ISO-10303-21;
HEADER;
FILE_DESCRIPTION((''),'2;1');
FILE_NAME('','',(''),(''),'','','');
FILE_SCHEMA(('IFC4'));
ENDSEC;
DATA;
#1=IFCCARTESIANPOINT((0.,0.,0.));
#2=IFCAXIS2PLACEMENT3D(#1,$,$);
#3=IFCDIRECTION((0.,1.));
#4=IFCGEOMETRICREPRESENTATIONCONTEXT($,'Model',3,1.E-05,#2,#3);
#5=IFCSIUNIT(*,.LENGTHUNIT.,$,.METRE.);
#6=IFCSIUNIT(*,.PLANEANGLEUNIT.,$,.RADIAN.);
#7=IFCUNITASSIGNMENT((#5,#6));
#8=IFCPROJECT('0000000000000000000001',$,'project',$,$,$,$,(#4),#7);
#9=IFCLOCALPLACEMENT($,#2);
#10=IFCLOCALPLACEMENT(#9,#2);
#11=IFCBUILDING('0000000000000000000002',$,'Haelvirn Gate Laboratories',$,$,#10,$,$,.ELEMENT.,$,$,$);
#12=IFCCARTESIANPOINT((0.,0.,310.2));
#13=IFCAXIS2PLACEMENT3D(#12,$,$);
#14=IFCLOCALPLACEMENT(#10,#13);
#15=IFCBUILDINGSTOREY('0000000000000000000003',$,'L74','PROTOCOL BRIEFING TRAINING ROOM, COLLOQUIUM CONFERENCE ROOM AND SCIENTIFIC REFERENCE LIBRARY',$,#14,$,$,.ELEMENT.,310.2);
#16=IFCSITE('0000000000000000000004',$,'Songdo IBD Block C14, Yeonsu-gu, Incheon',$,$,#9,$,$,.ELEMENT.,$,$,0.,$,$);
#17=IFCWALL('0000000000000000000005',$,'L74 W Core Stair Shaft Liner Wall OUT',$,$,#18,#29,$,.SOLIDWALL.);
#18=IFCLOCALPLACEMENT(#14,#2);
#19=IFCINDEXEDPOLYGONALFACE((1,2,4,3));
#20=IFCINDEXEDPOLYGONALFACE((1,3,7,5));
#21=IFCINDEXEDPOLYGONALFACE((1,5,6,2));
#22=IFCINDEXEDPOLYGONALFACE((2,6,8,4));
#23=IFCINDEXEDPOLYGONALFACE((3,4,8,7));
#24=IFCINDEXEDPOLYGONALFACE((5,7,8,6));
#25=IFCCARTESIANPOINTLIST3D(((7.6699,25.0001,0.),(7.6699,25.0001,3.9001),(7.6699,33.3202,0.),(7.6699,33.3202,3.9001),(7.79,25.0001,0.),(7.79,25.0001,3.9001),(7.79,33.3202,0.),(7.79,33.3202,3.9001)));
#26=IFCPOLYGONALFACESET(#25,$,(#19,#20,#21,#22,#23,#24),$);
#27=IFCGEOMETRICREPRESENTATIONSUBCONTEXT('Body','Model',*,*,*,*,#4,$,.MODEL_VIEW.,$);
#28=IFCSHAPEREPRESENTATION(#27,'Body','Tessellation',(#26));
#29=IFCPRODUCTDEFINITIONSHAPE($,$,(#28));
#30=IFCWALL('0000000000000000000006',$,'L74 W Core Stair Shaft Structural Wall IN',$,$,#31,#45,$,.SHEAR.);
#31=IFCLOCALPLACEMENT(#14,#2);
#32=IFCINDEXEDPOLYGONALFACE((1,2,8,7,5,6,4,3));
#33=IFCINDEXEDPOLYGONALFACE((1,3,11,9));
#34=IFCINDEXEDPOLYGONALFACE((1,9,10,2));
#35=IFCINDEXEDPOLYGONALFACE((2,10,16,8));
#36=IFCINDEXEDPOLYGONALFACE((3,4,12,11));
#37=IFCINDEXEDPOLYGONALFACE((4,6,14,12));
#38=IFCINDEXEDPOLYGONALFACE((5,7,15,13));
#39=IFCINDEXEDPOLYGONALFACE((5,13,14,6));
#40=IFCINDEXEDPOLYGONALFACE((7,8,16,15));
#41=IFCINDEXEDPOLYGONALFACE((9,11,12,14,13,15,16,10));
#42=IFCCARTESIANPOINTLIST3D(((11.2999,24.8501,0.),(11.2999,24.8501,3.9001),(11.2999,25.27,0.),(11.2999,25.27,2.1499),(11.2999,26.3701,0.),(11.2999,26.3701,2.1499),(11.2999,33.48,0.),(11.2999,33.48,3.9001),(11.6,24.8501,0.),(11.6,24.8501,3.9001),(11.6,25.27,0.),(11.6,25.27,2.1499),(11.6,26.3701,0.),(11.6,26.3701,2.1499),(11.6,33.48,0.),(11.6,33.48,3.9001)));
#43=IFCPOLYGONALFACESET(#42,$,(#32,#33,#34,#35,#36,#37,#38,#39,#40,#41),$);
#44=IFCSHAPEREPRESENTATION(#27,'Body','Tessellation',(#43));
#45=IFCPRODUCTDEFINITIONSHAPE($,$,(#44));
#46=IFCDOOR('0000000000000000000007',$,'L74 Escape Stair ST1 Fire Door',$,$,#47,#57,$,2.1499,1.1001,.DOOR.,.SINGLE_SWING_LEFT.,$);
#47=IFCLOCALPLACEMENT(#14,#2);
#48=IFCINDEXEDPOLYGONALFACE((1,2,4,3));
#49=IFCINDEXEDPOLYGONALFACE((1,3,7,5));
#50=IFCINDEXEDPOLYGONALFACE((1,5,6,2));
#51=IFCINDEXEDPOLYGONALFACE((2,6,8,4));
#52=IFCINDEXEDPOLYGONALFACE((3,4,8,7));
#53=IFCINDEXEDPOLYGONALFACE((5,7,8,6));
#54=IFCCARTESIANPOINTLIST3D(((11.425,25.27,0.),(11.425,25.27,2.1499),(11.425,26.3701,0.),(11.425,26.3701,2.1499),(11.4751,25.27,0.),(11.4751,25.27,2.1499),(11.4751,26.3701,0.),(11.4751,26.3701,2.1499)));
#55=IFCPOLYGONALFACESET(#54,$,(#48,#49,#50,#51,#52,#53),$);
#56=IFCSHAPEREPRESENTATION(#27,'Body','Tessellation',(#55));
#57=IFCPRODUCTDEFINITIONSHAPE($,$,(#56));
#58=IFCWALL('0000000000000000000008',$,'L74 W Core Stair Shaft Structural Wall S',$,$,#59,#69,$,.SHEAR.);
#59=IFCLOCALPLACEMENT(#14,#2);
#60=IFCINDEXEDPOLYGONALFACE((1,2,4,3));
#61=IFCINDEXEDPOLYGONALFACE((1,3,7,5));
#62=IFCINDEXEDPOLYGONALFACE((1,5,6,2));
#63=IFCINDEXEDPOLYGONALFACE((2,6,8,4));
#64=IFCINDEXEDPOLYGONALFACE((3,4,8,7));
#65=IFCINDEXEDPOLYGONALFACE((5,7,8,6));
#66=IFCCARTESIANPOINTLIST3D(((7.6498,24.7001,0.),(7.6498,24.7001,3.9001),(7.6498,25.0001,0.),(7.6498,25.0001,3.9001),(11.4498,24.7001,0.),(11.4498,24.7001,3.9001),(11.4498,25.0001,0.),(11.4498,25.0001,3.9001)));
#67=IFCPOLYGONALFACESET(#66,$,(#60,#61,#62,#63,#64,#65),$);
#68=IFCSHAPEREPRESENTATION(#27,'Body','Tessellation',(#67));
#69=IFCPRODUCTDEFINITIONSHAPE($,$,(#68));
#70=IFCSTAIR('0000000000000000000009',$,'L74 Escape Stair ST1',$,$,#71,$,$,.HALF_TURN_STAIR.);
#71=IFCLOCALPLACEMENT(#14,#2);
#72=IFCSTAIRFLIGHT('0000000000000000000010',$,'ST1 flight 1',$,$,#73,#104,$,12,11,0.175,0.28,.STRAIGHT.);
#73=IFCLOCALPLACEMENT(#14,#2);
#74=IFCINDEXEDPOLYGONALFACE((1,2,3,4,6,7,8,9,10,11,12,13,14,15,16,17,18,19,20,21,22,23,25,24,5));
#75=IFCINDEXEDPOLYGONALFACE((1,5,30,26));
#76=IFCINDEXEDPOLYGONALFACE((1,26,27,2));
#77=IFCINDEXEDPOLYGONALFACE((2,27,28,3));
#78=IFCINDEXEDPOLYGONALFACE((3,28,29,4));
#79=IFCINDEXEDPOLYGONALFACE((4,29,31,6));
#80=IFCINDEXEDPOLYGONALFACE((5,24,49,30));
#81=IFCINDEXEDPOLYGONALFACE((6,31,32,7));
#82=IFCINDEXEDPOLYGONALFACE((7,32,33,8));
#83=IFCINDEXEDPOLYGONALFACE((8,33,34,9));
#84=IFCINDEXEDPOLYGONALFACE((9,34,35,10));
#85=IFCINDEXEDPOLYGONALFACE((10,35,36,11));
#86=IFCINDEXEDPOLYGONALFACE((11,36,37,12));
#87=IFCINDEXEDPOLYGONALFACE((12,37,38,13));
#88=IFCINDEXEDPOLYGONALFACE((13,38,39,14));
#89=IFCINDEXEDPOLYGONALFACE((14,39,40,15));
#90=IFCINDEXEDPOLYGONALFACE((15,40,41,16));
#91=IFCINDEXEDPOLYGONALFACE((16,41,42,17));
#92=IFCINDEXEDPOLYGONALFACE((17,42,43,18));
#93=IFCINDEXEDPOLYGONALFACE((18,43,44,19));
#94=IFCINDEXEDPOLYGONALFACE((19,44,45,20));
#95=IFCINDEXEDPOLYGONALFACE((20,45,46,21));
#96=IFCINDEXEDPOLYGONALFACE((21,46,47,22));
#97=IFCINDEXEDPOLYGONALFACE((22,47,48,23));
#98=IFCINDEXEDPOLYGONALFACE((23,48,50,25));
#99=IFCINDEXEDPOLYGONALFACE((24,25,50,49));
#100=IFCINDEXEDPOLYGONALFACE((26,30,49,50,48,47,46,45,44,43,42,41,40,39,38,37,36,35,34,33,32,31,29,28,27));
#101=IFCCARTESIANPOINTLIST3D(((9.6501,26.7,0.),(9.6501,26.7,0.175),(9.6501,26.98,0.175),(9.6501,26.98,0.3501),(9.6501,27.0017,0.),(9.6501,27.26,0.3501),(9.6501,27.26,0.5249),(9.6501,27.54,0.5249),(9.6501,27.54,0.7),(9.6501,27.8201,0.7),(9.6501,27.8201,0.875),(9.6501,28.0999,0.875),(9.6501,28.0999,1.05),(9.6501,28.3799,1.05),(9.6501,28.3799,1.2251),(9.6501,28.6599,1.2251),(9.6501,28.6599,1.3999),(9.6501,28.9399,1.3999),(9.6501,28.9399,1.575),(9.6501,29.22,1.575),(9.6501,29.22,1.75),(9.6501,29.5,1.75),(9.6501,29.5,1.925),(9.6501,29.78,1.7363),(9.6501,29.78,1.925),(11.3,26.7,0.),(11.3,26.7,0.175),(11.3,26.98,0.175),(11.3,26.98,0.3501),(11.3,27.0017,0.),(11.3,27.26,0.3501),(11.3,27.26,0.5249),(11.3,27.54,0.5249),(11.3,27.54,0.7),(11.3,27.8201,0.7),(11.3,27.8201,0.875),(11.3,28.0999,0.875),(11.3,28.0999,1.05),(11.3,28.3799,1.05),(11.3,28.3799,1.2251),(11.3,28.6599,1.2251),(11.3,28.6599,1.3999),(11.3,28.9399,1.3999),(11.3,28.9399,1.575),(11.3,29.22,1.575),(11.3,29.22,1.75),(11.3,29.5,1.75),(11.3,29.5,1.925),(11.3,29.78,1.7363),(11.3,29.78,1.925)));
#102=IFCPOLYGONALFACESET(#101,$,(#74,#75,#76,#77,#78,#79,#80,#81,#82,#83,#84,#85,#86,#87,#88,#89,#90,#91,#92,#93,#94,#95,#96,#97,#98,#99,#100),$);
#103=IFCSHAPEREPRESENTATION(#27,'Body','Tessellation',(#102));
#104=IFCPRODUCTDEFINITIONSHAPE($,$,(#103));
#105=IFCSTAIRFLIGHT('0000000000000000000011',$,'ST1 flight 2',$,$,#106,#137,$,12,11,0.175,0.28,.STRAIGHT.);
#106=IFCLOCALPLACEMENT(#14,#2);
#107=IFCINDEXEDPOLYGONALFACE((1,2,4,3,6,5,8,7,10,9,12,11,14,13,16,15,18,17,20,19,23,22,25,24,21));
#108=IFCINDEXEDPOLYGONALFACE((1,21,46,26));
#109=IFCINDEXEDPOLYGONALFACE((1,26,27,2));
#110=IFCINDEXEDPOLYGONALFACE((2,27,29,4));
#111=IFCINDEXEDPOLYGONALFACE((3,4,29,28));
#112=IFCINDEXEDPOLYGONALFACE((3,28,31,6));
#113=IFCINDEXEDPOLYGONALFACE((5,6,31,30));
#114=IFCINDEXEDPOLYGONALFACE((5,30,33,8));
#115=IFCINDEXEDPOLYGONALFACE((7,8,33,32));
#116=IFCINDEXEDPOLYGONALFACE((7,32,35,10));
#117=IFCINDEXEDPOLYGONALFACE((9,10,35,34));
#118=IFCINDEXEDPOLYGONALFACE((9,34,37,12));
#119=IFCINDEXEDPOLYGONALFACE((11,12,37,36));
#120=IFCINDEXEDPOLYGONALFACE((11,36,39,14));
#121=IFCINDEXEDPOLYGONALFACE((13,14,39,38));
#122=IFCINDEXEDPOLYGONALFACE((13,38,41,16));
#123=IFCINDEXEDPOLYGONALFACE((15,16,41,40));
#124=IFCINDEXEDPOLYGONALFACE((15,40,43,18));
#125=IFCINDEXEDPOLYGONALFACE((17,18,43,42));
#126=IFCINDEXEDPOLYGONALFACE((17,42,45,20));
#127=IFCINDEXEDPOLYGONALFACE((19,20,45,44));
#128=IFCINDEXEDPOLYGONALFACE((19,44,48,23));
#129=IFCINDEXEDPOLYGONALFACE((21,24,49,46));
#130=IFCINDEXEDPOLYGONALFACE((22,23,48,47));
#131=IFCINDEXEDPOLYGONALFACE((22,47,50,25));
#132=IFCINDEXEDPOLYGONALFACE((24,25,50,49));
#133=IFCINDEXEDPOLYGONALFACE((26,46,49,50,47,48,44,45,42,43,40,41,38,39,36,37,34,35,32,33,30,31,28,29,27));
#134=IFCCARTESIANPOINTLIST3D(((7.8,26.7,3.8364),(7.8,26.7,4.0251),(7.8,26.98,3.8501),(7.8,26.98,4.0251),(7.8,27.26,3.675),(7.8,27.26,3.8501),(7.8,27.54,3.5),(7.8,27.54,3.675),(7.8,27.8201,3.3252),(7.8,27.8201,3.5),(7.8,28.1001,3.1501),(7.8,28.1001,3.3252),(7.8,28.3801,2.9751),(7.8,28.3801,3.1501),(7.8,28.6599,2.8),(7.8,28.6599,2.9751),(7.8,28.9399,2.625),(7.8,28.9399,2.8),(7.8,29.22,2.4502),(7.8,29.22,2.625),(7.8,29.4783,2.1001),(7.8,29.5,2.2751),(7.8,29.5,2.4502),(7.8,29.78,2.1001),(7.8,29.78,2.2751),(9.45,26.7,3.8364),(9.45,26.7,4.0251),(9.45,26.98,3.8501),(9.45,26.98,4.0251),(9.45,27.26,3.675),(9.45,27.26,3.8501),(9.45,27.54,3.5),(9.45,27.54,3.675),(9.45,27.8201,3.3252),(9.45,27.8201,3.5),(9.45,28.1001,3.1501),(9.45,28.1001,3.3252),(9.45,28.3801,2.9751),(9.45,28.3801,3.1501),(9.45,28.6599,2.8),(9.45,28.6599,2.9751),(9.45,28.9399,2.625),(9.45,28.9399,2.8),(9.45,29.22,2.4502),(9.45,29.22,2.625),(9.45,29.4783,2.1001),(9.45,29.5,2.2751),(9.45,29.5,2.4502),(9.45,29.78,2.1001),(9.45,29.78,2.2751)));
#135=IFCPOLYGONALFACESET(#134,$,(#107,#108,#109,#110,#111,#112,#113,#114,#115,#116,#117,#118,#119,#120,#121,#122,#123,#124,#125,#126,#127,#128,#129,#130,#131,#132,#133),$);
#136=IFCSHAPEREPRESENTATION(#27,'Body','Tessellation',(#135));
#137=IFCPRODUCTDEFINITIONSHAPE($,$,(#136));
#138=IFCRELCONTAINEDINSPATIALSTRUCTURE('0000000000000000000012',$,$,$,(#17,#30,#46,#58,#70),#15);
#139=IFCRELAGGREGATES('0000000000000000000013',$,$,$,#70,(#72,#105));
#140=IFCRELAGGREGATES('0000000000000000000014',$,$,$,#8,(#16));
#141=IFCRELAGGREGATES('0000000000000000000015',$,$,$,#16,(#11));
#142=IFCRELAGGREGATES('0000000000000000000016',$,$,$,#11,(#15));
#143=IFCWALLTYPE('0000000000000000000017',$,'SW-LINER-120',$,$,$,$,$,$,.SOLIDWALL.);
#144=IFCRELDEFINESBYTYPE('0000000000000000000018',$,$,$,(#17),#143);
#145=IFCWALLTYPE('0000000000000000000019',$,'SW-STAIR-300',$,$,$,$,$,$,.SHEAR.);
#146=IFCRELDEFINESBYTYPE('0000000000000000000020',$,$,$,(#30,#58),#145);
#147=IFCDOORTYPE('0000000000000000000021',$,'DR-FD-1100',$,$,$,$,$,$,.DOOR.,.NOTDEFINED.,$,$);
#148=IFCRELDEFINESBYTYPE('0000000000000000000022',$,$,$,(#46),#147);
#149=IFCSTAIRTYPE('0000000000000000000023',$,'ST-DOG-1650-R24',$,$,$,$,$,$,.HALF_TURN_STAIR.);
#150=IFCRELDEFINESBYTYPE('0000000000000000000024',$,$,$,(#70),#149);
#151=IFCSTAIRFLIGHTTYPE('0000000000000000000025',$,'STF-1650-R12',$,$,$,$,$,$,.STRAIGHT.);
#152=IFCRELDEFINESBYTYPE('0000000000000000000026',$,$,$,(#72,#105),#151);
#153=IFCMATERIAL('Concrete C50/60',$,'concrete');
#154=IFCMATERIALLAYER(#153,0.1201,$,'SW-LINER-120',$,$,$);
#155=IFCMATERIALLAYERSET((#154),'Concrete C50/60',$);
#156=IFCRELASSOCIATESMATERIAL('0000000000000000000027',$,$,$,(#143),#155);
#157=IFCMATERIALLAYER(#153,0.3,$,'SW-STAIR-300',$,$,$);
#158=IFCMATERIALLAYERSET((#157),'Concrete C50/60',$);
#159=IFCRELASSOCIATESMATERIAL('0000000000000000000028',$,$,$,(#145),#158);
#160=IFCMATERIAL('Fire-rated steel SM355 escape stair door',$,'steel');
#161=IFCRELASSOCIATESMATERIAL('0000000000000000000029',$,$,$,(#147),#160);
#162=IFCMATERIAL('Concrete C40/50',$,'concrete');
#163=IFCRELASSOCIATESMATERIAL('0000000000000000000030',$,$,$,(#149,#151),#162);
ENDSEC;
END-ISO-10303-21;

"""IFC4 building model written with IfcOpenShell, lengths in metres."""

from ifc_helpers import new_model, si_unit, direction, frame, frame_2d, origin, place, context, subcontext, project, spatial, polyline, rectangle, outline, extrude, source, transform, mapped, material, layer, layer_set, type_object, type_shapes, element, fill, aggregate, save


model = new_model("IFC4")

# Units and contexts
model_context = context("Model", 3, precision=1e-05, world=origin(), true_north=direction((0.0, 1.0)))
body_context = subcontext(model_context, "Body", "Model", "MODEL_VIEW")
ifc_project = project(units=[si_unit("LENGTHUNIT", "METRE"), si_unit("PLANEANGLEUNIT", "RADIAN")], contexts=[model_context])

# Site, building, storey
site_placement = place(None, origin())
site = spatial("IfcSite", under=ifc_project, at=site_placement, Name="Songdo IBD Block C14, Yeonsu-gu, Incheon", CompositionType="ELEMENT", RefElevation=0.0)
building_placement = place(site_placement, origin())
building = spatial("IfcBuilding", under=site, at=building_placement, Name="Haelvirn Gate Laboratories", CompositionType="ELEMENT")
storey_placement = place(building_placement, frame((0.0, 0.0, 310.2)))
storey = spatial("IfcBuildingStorey", under=building, at=storey_placement, Name="L74", Description="PROTOCOL BRIEFING TRAINING ROOM, COLLOQUIUM CONFERENCE ROOM AND SCIENTIFIC REFERENCE LIBRARY", CompositionType="ELEMENT", Elevation=310.2)

# Shared definitions
ifc_material_1 = material(Name="Concrete C50/60", Category="concrete")

# Shared definitions
ifc_material_2 = material(Name="Concrete C40/50", Category="concrete")

# Wall
ifc_layer_1 = layer(ifc_material_1, 0.1201, Name="SW-LINER-120")
ifc_layer_set_1 = layer_set([ifc_layer_1], Name="Concrete C50/60")
wall_type_1 = type_object("IfcWallType", Name="SW-LINER-120", PredefinedType="SOLIDWALL", material=ifc_layer_set_1)
wall_1_placement = place(storey_placement, frame((7.73, 25.0, 0.0), z_axis=(0.0, 0.0, 1.0), x_axis=(0.0, 1.0, 0.0)))
element("IfcWall", 1, at=wall_1_placement, inside=storey, type_object=wall_type_1, Name="L74 W Core Stair Shaft Liner Wall OUT", PredefinedType="SOLIDWALL", context=body_context, shape_type="SweptSolid", body=[
    extrude(rectangle(XDim=8.3201, YDim=0.1201, at=frame_2d((4.1602, 0.0))), origin(), (0.0, 0.0, 1.0), 3.9001),
])

# Wall, opening, door
ifc_layer_2 = layer(ifc_material_1, 0.3, Name="SW-STAIR-300")
ifc_layer_set_2 = layer_set([ifc_layer_2], Name="Concrete C50/60")
wall_type_2 = type_object("IfcWallType", Name="SW-STAIR-300", PredefinedType="SHEAR", material=ifc_layer_set_2)
wall_2_placement = place(storey_placement, frame((11.45, 24.8501, 0.0), z_axis=(0.0, 0.0, 1.0), x_axis=(0.0, 1.0, 0.0)))
wall_2 = element("IfcWall", 2, at=wall_2_placement, inside=storey, type_object=wall_type_2, Name="L74 W Core Stair Shaft Structural Wall IN", PredefinedType="SHEAR", context=body_context, shape_type="SweptSolid", body=[
    extrude(rectangle(XDim=8.6299, YDim=0.3, at=frame_2d((4.3149, 0.0))), origin(), (0.0, 0.0, 1.0), 3.9001),
])
opening_1_placement = place(wall_2_placement, frame((0.4199, 0.0, 0.0)))
opening_1 = element("IfcOpeningElement", 3, at=opening_1_placement, cuts=wall_2, PredefinedType="OPENING", context=body_context, shape_type="SweptSolid", body=[
    extrude(rectangle(XDim=1.1001, YDim=2.1499, at=frame_2d((0.55, 1.075))), frame((0.0, 0.1602, 0.0), z_axis=(0.0, -1.0, 0.0), x_axis=(1.0, 0.0, 0.0)), (0.0, 0.0, 1.0), 0.3201),
])
ifc_material_3 = material(Name="Fire-rated steel SM355 escape stair door", Category="steel")
door_type_1 = type_object("IfcDoorType", Name="DR-FD-1100", OperationType="NOTDEFINED", PredefinedType="DOOR", material=ifc_material_3)
shared_shape_1 = source(origin(), body_context, "Body", "SweptSolid", [
    extrude(rectangle(XDim=1.1001, YDim=2.1499, at=frame_2d((0.55, 1.075))), frame((0.0, 0.0249, 0.0), z_axis=(0.0, -1.0, 0.0), x_axis=(1.0, 0.0, 0.0)), (0.0, 0.0, 1.0), 0.05),
])
type_shapes(door_type_1, [shared_shape_1])
door_1_placement = place(opening_1_placement, origin())
door_1 = element("IfcDoor", 4, at=door_1_placement, inside=storey, type_object=door_type_1, Name="L74 Escape Stair ST1 Fire Door", OperationType="SINGLE_SWING_LEFT", OverallHeight=2.1499, OverallWidth=1.1001, PredefinedType="DOOR", context=body_context, shape_type="MappedRepresentation", body=[
    mapped(shared_shape_1, transform((0.0, 0.0, 0.0), scale=1.0)),
])
fill(opening_1, door_1)

# Wall
wall_3_placement = place(storey_placement, frame((7.6499, 24.8501, 0.0), z_axis=(0.0, 0.0, 1.0), x_axis=(1.0, 0.0, 0.0)))
element("IfcWall", 5, at=wall_3_placement, inside=storey, type_object=wall_type_2, Name="L74 W Core Stair Shaft Structural Wall S", PredefinedType="SHEAR", context=body_context, shape_type="SweptSolid", body=[
    extrude(rectangle(XDim=3.8, YDim=0.3, at=frame_2d((1.8999, 0.0))), origin(), (0.0, 0.0, 1.0), 3.9001),
])

# Stair, stair flights
stair_type = type_object("IfcStairType", Name="ST-DOG-1650-R24", PredefinedType="HALF_TURN_STAIR", material=ifc_material_2)
stair_placement = place(storey_placement, origin())
stair = element("IfcStair", 6, at=stair_placement, inside=storey, type_object=stair_type, Name="L74 Escape Stair ST1", PredefinedType="HALF_TURN_STAIR")
stair_flight_type = type_object("IfcStairFlightType", Name="STF-1650-R12", PredefinedType="STRAIGHT", material=ifc_material_2)
shared_shape_2 = source(origin(), body_context, "Body", "SweptSolid", [
    extrude(outline(polyline([(0.0, 0.0), (0.0, 0.175), (0.28, 0.175), (0.28, 0.3501), (0.5601, 0.3501), (0.5601, 0.5249), (0.8401, 0.5249), (0.8401, 0.7), (1.1201, 0.7), (1.1201, 0.875), (1.3999, 0.875), (1.3999, 1.05), (1.6799, 1.05), (1.6799, 1.2251), (1.96, 1.2251), (1.96, 1.3999), (2.24, 1.3999), (2.24, 1.575), (2.52, 1.575), (2.52, 1.75), (2.8, 1.75), (2.8, 1.925), (3.0801, 1.925), (3.0801, 2.1001), (3.0801, 1.7363), (0.3018, 0.0), (0.0, 0.0)])), frame((0.0, 0.825, 0.0), z_axis=(0.0, -1.0, 0.0), x_axis=(1.0, 0.0, 0.0)), (0.0, 0.0, 1.0), 1.6499),
])
type_shapes(stair_flight_type, [shared_shape_2])
stair_flight_1_placement = place(storey_placement, frame((10.4751, 26.7, 0.0), z_axis=(0.0, 0.0, 1.0), x_axis=(0.0, 1.0, 0.0)))
stair_flight_1 = element("IfcStairFlight", 7, at=stair_flight_1_placement, type_object=stair_flight_type, Name="ST1 flight 1", NumberOfRisers=12, NumberOfTreads=11, PredefinedType="STRAIGHT", RiserHeight=0.175, TreadLength=0.28, context=body_context, shape_type="MappedRepresentation", body=[
    mapped(shared_shape_2, transform((0.0, 0.0, 0.0), scale=1.0)),
])
stair_flight_2_placement = place(storey_placement, frame((8.625, 29.78, 2.1001), z_axis=(0.0, 0.0, 1.0), x_axis=(0.0, -1.0, 0.0)))
stair_flight_2 = element("IfcStairFlight", 8, at=stair_flight_2_placement, type_object=stair_flight_type, Name="ST1 flight 2", NumberOfRisers=12, NumberOfTreads=11, PredefinedType="STRAIGHT", RiserHeight=0.175, TreadLength=0.28, context=body_context, shape_type="MappedRepresentation", body=[
    mapped(shared_shape_2, transform((0.0, 0.0, 0.0), scale=1.0)),
])
aggregate(stair, [stair_flight_1, stair_flight_2])

save(model, "model.ifc")
